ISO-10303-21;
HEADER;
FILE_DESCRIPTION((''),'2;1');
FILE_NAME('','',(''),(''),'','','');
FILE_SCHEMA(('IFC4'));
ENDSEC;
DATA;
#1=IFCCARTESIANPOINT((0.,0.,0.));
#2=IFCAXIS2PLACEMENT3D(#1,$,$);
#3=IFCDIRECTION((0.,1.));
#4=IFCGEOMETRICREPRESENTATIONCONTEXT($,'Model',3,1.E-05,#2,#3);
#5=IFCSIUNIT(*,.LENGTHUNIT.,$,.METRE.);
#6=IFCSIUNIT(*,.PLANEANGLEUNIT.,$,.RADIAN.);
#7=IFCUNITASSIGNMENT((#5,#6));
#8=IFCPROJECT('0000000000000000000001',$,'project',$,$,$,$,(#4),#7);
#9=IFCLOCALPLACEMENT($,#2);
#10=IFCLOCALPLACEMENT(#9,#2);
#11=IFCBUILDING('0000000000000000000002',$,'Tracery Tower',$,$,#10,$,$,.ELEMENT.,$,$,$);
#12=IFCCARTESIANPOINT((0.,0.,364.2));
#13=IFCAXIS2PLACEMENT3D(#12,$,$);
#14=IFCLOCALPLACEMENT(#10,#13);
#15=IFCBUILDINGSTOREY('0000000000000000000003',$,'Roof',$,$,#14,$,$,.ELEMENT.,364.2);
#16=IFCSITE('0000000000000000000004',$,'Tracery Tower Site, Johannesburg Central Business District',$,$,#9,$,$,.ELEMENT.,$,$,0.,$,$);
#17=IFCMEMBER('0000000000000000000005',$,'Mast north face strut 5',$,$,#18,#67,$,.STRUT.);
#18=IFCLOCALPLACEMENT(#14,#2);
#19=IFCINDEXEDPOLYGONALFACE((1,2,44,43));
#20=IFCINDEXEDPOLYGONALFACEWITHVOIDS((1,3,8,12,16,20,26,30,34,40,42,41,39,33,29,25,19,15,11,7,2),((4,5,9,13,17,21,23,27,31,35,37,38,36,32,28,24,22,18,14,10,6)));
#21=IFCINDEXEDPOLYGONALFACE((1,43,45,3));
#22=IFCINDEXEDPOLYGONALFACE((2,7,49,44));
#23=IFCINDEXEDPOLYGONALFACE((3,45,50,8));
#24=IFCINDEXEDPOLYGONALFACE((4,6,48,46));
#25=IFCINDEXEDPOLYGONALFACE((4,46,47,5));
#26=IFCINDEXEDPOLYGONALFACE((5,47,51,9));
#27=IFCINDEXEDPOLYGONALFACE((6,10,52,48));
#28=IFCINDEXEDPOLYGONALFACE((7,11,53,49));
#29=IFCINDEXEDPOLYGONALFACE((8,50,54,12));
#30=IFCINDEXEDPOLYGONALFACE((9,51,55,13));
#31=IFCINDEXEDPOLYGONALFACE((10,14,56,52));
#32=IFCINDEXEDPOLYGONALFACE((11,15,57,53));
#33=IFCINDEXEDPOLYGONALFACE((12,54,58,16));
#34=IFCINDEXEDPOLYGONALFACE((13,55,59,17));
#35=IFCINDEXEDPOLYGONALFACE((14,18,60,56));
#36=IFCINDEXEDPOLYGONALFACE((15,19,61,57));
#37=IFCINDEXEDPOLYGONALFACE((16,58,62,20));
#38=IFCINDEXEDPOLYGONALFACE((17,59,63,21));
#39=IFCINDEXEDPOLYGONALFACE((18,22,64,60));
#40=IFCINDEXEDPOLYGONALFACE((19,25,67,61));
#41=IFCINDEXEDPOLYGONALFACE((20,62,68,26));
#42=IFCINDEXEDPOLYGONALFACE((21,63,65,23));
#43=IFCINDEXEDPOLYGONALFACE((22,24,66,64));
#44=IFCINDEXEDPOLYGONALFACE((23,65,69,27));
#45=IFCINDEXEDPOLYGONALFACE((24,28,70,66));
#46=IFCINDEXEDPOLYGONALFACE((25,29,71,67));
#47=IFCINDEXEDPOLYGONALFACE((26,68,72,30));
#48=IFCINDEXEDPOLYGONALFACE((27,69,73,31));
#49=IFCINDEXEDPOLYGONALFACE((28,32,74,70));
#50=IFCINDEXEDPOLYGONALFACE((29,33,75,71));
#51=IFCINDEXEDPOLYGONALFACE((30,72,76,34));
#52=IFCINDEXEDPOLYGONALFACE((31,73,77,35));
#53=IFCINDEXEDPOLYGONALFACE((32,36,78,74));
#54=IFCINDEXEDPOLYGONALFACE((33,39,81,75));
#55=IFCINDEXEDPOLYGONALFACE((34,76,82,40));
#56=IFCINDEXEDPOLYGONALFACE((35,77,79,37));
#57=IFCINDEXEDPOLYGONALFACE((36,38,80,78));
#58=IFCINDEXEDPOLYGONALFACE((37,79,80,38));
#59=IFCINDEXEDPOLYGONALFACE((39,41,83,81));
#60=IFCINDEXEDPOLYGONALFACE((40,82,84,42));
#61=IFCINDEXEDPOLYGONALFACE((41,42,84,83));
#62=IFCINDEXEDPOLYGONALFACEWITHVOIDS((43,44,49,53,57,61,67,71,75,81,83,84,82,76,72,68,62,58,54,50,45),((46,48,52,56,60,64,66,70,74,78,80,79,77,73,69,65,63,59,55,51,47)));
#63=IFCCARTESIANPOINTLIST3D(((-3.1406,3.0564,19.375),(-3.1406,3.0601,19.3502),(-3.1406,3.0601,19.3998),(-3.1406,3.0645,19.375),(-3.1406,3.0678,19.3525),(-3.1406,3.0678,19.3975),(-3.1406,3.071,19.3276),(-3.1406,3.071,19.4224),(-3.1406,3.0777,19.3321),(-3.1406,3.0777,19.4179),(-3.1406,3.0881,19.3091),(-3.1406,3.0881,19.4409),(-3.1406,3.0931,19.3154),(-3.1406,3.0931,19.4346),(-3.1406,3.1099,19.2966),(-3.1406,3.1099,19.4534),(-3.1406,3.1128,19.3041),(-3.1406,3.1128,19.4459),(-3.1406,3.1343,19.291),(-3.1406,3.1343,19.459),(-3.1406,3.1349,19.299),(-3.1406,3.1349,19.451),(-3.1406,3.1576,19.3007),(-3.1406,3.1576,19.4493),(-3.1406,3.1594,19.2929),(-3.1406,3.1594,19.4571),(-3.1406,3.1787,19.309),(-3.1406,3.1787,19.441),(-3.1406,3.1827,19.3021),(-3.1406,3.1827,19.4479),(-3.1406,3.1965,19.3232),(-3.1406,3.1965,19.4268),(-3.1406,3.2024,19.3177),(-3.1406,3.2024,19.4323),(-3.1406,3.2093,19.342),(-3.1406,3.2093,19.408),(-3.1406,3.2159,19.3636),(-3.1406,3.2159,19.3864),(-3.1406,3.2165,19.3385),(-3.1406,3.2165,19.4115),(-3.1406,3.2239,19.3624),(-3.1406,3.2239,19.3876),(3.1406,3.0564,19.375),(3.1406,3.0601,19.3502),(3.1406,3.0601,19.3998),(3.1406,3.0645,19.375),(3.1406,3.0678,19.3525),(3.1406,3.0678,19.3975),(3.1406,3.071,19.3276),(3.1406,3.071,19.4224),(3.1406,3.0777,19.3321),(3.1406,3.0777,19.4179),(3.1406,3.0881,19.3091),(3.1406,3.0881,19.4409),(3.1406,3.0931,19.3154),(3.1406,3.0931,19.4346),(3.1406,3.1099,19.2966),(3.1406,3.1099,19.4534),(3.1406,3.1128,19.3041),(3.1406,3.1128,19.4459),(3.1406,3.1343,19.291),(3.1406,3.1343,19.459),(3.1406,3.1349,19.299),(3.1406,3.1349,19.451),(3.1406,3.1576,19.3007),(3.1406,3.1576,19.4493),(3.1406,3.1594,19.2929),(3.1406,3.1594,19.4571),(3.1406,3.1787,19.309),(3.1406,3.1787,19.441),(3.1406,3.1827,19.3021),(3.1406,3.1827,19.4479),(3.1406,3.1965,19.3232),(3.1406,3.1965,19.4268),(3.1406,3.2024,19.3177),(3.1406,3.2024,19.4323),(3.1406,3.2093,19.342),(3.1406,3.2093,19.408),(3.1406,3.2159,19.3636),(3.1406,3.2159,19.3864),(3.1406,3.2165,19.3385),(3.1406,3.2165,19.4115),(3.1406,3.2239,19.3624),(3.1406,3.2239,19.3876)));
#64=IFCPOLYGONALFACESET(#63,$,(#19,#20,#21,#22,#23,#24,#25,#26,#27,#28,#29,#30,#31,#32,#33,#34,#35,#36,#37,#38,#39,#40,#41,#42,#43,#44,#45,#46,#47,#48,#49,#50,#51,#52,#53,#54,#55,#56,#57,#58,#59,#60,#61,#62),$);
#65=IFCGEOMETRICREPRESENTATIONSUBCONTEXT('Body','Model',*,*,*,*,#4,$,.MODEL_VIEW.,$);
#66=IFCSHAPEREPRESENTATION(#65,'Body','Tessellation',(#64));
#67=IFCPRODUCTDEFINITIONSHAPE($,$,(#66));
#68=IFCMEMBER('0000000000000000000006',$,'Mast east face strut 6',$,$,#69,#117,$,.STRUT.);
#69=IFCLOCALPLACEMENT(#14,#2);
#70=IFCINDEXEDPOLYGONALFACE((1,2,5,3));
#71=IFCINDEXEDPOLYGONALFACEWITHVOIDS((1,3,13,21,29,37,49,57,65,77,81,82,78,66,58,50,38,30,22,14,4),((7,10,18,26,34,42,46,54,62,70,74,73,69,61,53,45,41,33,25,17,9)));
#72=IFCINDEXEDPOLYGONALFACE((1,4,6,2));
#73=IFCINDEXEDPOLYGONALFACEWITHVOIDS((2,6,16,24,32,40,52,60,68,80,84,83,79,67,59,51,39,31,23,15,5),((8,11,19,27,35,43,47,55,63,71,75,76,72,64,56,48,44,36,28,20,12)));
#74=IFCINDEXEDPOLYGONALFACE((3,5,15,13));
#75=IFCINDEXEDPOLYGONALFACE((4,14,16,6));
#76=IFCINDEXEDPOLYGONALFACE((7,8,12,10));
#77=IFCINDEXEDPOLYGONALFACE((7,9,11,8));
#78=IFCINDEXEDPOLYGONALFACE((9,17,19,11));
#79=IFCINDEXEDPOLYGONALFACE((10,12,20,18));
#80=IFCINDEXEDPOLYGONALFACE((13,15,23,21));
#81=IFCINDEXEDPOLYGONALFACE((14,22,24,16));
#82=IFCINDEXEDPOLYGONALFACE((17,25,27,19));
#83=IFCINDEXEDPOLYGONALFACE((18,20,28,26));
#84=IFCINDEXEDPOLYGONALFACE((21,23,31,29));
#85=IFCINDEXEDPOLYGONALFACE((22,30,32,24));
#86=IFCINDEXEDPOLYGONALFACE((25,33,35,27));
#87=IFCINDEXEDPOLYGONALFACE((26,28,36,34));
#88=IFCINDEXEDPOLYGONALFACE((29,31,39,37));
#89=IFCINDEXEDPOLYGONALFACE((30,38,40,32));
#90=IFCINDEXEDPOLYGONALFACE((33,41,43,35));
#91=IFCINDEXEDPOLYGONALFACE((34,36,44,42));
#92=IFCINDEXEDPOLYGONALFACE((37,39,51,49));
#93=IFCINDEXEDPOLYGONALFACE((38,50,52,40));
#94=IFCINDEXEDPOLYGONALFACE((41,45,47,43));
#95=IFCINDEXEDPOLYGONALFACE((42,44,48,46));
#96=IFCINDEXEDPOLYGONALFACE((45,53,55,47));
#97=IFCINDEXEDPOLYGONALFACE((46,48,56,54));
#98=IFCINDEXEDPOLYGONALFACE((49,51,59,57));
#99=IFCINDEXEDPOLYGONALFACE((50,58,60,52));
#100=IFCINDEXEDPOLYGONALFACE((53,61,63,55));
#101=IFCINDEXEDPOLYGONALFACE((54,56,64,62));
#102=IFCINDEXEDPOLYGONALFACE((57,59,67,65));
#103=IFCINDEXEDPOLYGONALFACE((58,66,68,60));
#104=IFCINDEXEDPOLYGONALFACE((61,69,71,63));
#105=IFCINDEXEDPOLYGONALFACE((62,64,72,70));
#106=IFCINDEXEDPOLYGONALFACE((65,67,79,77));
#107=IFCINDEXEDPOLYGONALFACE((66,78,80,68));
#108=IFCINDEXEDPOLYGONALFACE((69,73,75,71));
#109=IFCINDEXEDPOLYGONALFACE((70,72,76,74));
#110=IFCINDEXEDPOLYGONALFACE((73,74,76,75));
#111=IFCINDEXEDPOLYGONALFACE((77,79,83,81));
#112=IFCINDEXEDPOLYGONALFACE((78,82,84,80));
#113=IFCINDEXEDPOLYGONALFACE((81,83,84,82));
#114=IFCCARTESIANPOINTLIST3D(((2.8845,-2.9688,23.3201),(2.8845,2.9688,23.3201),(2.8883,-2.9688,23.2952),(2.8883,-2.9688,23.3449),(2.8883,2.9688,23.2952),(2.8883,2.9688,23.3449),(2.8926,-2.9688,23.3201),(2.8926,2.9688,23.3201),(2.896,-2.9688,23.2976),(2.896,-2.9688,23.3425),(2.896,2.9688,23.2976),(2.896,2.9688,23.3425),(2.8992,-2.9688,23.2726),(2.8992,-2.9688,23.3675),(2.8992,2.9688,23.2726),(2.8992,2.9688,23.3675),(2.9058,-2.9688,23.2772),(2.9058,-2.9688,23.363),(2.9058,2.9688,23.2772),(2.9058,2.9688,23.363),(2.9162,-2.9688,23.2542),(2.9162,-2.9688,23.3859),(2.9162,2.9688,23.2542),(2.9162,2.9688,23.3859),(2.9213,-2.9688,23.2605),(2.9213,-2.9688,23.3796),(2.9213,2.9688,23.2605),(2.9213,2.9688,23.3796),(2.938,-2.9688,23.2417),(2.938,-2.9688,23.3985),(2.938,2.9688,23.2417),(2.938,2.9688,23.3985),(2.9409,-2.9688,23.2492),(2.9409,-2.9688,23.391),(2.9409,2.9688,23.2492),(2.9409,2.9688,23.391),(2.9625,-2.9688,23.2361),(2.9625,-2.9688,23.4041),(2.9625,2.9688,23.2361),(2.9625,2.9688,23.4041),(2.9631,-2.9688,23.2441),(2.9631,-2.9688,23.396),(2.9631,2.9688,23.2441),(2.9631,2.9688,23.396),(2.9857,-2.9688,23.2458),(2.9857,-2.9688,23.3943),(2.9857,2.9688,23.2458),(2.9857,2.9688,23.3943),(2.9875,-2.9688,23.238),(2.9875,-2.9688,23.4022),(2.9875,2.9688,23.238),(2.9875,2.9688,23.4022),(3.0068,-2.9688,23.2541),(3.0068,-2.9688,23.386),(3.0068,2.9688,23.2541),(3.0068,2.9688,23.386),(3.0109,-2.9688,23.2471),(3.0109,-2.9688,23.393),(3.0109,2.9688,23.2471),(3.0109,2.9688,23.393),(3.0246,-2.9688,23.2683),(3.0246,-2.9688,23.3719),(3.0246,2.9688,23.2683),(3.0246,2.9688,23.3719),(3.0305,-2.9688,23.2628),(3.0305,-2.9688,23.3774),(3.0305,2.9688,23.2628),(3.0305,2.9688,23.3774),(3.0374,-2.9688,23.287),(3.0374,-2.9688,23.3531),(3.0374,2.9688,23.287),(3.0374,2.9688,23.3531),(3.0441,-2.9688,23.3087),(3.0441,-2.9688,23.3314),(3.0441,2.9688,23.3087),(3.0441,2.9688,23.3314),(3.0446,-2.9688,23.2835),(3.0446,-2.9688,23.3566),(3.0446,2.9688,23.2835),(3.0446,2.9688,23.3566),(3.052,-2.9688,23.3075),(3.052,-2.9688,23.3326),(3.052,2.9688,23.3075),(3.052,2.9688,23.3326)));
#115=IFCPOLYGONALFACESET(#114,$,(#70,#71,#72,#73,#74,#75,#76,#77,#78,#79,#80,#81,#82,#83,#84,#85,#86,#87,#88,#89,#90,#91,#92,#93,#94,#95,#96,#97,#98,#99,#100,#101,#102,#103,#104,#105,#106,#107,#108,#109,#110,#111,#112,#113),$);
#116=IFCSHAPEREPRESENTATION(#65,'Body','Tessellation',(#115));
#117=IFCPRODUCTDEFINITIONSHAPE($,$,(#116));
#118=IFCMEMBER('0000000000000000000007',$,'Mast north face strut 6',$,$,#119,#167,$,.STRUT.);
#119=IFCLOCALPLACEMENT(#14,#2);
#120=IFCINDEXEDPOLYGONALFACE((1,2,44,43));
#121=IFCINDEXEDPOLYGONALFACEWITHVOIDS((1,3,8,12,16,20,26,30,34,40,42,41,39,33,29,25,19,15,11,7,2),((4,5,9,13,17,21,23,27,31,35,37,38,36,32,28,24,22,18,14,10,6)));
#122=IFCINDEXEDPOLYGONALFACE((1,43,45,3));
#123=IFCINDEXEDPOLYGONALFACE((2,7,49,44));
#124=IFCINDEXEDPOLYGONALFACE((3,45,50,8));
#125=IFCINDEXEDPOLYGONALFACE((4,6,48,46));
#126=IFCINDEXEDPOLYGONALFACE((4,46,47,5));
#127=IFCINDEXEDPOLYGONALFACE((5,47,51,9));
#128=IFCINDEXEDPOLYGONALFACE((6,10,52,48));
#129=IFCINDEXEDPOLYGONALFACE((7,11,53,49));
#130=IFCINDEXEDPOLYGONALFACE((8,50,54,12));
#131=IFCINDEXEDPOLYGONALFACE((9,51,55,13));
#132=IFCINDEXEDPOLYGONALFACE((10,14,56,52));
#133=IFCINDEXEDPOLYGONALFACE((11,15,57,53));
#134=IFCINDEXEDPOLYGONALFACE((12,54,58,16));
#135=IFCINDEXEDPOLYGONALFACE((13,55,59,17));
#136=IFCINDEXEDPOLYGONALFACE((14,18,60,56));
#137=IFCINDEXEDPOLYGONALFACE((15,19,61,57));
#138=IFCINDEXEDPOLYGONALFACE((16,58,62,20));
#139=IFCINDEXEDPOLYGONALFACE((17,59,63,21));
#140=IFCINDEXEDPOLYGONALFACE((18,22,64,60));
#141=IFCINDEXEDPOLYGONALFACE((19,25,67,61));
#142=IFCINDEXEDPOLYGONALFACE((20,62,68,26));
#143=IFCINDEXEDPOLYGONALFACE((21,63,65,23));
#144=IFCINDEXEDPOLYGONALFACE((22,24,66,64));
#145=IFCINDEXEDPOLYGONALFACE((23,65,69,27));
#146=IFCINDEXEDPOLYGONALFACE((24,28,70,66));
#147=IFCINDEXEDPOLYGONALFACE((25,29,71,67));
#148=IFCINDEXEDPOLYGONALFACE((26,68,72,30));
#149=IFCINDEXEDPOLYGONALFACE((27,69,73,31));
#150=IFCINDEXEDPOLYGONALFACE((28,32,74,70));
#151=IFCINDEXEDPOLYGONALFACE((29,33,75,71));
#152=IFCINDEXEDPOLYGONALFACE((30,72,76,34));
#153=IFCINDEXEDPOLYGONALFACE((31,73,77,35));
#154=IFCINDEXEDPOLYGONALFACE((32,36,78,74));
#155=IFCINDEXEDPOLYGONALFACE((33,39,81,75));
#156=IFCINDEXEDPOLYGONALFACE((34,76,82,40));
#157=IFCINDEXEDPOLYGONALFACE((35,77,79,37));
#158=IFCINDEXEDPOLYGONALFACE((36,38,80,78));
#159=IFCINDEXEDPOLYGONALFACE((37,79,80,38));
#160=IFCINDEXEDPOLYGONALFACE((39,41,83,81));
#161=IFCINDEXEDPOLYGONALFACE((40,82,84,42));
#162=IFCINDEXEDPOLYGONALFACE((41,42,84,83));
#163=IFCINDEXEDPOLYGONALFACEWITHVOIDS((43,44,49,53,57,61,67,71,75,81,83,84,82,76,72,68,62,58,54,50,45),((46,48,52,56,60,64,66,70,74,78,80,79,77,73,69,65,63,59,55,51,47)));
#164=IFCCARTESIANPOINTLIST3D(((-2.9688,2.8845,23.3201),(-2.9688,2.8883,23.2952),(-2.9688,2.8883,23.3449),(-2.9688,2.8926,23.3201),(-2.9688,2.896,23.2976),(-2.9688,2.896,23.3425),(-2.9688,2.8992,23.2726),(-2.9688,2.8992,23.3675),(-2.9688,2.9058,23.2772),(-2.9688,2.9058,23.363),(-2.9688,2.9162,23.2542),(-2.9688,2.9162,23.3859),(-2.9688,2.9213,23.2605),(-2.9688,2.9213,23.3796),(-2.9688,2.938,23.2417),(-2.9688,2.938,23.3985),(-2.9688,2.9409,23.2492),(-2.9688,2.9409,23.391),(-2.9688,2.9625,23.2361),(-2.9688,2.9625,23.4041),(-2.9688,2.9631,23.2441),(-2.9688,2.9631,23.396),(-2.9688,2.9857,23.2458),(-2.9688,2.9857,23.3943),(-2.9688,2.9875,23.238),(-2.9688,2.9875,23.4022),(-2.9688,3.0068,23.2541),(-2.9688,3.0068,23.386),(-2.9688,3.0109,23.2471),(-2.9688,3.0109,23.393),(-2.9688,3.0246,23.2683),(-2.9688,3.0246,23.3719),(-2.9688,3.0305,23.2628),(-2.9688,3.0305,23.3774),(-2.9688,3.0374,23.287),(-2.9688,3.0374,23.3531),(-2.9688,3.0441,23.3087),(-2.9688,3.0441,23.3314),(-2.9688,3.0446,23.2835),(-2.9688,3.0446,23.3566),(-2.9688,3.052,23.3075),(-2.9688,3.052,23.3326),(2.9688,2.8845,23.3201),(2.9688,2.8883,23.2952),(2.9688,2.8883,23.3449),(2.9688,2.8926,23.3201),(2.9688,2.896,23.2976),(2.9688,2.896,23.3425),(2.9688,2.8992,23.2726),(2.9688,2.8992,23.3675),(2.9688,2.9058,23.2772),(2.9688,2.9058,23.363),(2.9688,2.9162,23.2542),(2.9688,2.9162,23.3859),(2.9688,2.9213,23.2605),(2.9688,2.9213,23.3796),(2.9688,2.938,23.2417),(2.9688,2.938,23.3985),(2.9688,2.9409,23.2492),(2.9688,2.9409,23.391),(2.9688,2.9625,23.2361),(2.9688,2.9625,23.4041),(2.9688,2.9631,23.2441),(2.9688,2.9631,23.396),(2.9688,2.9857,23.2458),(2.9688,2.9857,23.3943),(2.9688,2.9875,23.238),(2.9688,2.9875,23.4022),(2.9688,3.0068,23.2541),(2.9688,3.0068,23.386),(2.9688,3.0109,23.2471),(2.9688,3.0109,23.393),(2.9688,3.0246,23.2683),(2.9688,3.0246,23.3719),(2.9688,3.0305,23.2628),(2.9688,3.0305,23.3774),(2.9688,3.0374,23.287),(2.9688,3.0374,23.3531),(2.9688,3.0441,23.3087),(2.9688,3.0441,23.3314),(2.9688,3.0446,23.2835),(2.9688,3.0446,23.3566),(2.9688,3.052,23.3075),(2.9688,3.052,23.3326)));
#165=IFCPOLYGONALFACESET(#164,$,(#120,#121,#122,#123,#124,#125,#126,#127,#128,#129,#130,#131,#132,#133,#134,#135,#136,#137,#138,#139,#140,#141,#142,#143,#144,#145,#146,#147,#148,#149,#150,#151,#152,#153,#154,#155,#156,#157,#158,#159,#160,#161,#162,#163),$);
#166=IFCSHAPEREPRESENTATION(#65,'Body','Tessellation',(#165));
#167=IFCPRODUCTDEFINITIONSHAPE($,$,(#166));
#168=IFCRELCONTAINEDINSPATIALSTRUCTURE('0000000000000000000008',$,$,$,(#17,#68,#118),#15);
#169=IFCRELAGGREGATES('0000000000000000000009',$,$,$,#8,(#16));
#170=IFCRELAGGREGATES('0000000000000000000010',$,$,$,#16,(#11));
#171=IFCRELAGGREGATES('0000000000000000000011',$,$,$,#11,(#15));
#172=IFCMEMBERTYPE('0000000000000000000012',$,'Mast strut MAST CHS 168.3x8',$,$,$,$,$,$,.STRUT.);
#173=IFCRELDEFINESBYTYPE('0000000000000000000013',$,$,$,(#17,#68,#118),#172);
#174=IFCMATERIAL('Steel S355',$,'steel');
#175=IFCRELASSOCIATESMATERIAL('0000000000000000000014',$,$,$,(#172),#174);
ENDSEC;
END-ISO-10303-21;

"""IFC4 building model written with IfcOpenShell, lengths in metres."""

from ifc_helpers import new_model, si_unit, direction, frame, origin, origin_2d, place, context, subcontext, project, spatial, hollow_circle, extrude, material, material_profile, profile_set, type_object, element, save


model = new_model("IFC4")

# Units and contexts
model_context = context("Model", 3, precision=1e-05, world=origin(), true_north=direction((0.0, 1.0)))
body_context = subcontext(model_context, "Body", "Model", "MODEL_VIEW")
ifc_project = project(units=[si_unit("LENGTHUNIT", "METRE"), si_unit("PLANEANGLEUNIT", "RADIAN")], contexts=[model_context])

# Site, building, storey
site_placement = place(None, origin())
site = spatial("IfcSite", under=ifc_project, at=site_placement, Name="Tracery Tower Site, Johannesburg Central Business District", CompositionType="ELEMENT", RefElevation=0.0)
building_placement = place(site_placement, origin())
building = spatial("IfcBuilding", under=site, at=building_placement, Name="Tracery Tower", CompositionType="ELEMENT")
storey_placement = place(building_placement, frame((0.0, 0.0, 364.2)))
storey = spatial("IfcBuildingStorey", under=building, at=storey_placement, Name="Roof", CompositionType="ELEMENT", Elevation=364.2)

# Members
ifc_material_1 = material(Name="Steel S355", Category="steel")
ifc_material_profile_1 = material_profile(ifc_material_1, hollow_circle(Radius=0.0842, WallThickness=0.0081, at=origin_2d()), Name="CHS 168.3x8")
ifc_profile_set_1 = profile_set([ifc_material_profile_1], Name="Steel S355")
member_type_1 = type_object("IfcMemberType", Name="Mast strut MAST CHS 168.3x8", PredefinedType="STRUT", material=ifc_profile_set_1)
member_1_placement = place(storey_placement, frame((3.1406, 3.1406, 19.375), z_axis=(-1.0, 0.0, 0.0), x_axis=(0.0, -1.0, 0.0)))
element("IfcMember", 1, at=member_1_placement, inside=storey, type_object=member_type_1, Name="Mast north face strut 5", PredefinedType="STRUT", context=body_context, shape_type="SweptSolid", body=[
    extrude(hollow_circle(Radius=0.0842, WallThickness=0.0081, at=origin_2d()), origin(), (0.0, 0.0, 1.0), 6.2812),
])
for number, where, z_axis, x_axis, name in (
    (2, (2.9688, -2.9688, 23.3201), (0.0, 1.0, 0.0), (-1.0, 0.0, 0.0), "Mast east face strut 6"),
    (3, (2.9688, 2.9688, 23.3201), (-1.0, 0.0, 0.0), (0.0, -1.0, 0.0), "Mast north face strut 6"),
):
    element("IfcMember", number, at=place(storey_placement, frame(where, z_axis=z_axis, x_axis=x_axis)), inside=storey, type_object=member_type_1, Name=name, PredefinedType="STRUT", context=body_context, shape_type="SweptSolid", body=[
        extrude(hollow_circle(Radius=0.0842, WallThickness=0.0081, at=origin_2d()), origin(), (0.0, 0.0, 1.0), 5.9375),
    ])

save(model, "model.ifc")
